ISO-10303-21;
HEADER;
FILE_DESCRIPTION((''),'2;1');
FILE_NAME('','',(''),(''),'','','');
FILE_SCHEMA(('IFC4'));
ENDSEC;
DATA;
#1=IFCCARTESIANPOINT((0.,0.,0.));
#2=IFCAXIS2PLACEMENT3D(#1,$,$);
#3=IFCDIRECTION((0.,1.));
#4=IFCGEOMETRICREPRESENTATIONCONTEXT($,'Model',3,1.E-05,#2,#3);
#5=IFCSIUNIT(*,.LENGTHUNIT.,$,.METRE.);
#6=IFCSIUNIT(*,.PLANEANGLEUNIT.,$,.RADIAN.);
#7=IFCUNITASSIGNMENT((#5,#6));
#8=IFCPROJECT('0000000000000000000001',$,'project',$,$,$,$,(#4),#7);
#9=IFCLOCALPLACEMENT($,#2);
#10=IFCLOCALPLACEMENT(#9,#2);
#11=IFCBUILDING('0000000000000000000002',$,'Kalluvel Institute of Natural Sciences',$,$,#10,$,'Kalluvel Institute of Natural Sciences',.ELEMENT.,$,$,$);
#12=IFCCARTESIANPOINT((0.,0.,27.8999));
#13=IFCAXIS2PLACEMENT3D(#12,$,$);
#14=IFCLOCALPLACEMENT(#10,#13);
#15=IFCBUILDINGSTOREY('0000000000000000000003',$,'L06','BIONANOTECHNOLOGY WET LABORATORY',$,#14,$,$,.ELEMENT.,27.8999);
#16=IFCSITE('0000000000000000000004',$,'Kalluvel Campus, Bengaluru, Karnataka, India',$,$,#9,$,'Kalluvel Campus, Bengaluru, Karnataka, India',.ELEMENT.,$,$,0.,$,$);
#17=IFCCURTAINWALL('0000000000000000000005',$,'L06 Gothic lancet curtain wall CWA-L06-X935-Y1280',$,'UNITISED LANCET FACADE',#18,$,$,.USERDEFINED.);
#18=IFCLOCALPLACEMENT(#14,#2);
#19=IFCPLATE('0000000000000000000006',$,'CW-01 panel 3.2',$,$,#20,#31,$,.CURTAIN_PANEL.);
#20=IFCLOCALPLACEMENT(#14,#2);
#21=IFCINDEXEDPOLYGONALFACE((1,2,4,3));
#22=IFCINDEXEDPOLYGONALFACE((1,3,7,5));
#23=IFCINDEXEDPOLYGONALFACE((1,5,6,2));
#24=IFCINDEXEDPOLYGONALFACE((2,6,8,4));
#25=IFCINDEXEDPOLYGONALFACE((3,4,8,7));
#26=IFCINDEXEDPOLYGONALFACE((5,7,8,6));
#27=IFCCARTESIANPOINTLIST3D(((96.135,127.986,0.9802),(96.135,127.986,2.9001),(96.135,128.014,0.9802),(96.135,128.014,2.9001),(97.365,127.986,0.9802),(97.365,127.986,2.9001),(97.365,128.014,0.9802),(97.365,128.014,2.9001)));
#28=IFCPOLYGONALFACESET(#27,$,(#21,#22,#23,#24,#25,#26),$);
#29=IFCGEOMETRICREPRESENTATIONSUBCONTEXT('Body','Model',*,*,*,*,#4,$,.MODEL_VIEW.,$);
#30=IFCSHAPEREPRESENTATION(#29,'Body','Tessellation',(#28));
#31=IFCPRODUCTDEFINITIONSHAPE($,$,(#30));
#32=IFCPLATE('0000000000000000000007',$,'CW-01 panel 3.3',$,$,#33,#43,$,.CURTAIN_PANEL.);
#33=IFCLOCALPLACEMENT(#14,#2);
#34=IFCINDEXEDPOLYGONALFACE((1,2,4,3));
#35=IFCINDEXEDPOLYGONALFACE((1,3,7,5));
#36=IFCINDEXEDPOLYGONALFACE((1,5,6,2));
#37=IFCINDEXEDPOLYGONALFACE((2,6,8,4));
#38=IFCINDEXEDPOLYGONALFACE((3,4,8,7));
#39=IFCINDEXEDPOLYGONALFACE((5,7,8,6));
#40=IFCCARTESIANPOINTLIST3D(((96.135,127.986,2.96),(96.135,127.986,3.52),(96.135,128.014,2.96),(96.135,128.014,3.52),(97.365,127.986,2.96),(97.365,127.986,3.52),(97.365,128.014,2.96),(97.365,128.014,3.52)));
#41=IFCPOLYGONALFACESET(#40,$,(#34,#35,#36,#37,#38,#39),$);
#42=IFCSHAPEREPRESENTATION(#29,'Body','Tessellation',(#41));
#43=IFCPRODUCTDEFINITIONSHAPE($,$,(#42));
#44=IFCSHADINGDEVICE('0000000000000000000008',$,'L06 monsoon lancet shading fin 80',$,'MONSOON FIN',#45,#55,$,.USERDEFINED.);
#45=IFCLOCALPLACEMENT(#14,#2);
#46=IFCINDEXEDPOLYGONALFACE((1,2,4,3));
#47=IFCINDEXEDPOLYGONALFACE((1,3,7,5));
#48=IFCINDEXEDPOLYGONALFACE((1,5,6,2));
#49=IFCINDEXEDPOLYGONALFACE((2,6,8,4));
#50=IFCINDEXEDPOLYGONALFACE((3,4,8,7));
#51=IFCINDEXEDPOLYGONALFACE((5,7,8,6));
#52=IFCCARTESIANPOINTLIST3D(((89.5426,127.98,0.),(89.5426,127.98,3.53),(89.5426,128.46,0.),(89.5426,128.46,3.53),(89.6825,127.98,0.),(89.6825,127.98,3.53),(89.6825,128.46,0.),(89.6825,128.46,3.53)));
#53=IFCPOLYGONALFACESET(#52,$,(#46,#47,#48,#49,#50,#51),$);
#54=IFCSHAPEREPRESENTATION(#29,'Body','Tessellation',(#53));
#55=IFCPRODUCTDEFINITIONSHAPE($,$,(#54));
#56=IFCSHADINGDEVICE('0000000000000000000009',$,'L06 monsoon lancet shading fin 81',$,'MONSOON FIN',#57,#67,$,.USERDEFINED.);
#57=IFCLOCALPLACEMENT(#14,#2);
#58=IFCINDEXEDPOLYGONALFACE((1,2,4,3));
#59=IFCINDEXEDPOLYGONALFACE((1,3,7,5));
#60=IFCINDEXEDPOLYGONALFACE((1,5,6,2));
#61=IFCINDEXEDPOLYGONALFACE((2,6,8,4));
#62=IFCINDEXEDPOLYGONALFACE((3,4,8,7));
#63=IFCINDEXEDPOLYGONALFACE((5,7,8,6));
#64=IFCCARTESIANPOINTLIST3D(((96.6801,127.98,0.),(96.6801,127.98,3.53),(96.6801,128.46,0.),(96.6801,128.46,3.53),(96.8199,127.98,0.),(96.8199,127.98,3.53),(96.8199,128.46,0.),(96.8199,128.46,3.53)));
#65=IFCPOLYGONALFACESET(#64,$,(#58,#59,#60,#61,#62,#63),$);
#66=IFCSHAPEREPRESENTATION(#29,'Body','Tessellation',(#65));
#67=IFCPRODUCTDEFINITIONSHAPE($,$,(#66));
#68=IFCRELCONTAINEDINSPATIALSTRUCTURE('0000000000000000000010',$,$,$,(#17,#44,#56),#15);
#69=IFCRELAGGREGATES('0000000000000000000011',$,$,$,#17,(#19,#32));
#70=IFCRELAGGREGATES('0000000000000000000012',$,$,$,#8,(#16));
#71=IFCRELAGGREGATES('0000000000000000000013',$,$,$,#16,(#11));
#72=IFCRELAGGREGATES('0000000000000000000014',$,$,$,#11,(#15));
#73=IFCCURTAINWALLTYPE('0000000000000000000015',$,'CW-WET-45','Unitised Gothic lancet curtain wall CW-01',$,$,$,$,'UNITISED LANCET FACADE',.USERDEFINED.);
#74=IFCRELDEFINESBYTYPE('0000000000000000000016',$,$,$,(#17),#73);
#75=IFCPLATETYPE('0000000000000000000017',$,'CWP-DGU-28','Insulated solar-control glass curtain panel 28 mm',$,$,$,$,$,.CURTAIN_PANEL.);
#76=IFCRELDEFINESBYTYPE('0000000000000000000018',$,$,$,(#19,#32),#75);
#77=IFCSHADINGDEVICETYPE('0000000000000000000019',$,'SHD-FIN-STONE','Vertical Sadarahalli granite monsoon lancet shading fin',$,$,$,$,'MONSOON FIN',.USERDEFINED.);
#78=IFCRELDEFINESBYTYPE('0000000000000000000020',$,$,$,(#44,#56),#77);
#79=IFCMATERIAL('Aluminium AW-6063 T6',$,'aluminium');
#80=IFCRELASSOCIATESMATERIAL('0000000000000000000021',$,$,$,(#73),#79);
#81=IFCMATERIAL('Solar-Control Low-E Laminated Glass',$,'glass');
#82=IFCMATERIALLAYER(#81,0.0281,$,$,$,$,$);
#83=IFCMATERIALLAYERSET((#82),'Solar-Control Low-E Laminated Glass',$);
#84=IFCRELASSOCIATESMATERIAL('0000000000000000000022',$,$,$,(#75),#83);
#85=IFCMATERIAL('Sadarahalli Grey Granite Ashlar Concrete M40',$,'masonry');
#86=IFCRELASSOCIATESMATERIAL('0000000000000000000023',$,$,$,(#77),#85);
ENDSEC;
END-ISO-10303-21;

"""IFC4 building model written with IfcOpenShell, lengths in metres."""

from ifc_helpers import new_model, si_unit, direction, frame, origin, origin_2d, place, context, subcontext, project, spatial, rectangle, extrude, material, layer, layer_set, type_object, element, aggregate, save


model = new_model("IFC4")

# Units and contexts
model_context = context("Model", 3, precision=1e-05, world=origin(), true_north=direction((0.0, 1.0)))
body_context = subcontext(model_context, "Body", "Model", "MODEL_VIEW")
ifc_project = project(units=[si_unit("LENGTHUNIT", "METRE"), si_unit("PLANEANGLEUNIT", "RADIAN")], contexts=[model_context])

# Site, building, storey
site_placement = place(None, origin())
site = spatial("IfcSite", under=ifc_project, at=site_placement, Name="Kalluvel Campus, Bengaluru, Karnataka, India", LongName="Kalluvel Campus, Bengaluru, Karnataka, India", CompositionType="ELEMENT", RefElevation=0.0)
building_placement = place(site_placement, origin())
building = spatial("IfcBuilding", under=site, at=building_placement, Name="Kalluvel Institute of Natural Sciences", LongName="Kalluvel Institute of Natural Sciences", CompositionType="ELEMENT")
storey_placement = place(building_placement, frame((0.0, 0.0, 27.8999)))
storey = spatial("IfcBuildingStorey", under=building, at=storey_placement, Name="L06", Description="BIONANOTECHNOLOGY WET LABORATORY", CompositionType="ELEMENT", Elevation=27.8999)

# Curtain wall, plates
ifc_material_1 = material(Name="Aluminium AW-6063 T6", Category="aluminium")
curtain_wall_type = type_object("IfcCurtainWallType", Name="CW-WET-45", Description="Unitised Gothic lancet curtain wall CW-01", ElementType="UNITISED LANCET FACADE", PredefinedType="USERDEFINED", material=ifc_material_1)
curtain_wall_placement = place(storey_placement, origin())
curtain_wall = element("IfcCurtainWall", 1, at=curtain_wall_placement, inside=storey, type_object=curtain_wall_type, Name="L06 Gothic lancet curtain wall CWA-L06-X935-Y1280", ObjectType="UNITISED LANCET FACADE", PredefinedType="USERDEFINED")
ifc_material_2 = material(Name="Solar-Control Low-E Laminated Glass", Category="glass")
ifc_layer = layer(ifc_material_2, 0.0281)
ifc_layer_set = layer_set([ifc_layer], Name="Solar-Control Low-E Laminated Glass")
plate_type = type_object("IfcPlateType", Name="CWP-DGU-28", Description="Insulated solar-control glass curtain panel 28 mm", PredefinedType="CURTAIN_PANEL", material=ifc_layer_set)
plate_1_placement = place(storey_placement, frame((96.75, 128.0, 0.9802), z_axis=(0.0, 0.0, 1.0), x_axis=(1.0, 0.0, 0.0)))
plate_1 = element("IfcPlate", 2, at=plate_1_placement, type_object=plate_type, Name="CW-01 panel 3.2", PredefinedType="CURTAIN_PANEL", context=body_context, shape_type="SweptSolid", body=[
    extrude(rectangle(XDim=1.23, YDim=0.0281, at=origin_2d()), origin(), (0.0, 0.0, 1.0), 1.9199),
])
plate_2_placement = place(storey_placement, frame((96.75, 128.0, 2.96), z_axis=(0.0, 0.0, 1.0), x_axis=(1.0, 0.0, 0.0)))
plate_2 = element("IfcPlate", 3, at=plate_2_placement, type_object=plate_type, Name="CW-01 panel 3.3", PredefinedType="CURTAIN_PANEL", context=body_context, shape_type="SweptSolid", body=[
    extrude(rectangle(XDim=1.23, YDim=0.0281, at=origin_2d()), origin(), (0.0, 0.0, 1.0), 0.5601),
])
aggregate(curtain_wall, [plate_1, plate_2])

# Shading devices
ifc_material_3 = material(Name="Sadarahalli Grey Granite Ashlar Concrete M40", Category="masonry")
shading_device_type = type_object("IfcShadingDeviceType", Name="SHD-FIN-STONE", Description="Vertical Sadarahalli granite monsoon lancet shading fin", ElementType="MONSOON FIN", PredefinedType="USERDEFINED", material=ifc_material_3)
for number, where, z_axis, x_axis, name in (
    (4, (89.6125, 128.22, 0.0), (0.0, 0.0, 1.0), (1.0, 0.0, 0.0), "L06 monsoon lancet shading fin 80"),
    (5, (96.75, 128.22, 0.0), (0.0, 0.0, 1.0), (1.0, 0.0, 0.0), "L06 monsoon lancet shading fin 81"),
):
    element("IfcShadingDevice", number, at=place(storey_placement, frame(where, z_axis=z_axis, x_axis=x_axis)), inside=storey, type_object=shading_device_type, Name=name, ObjectType="MONSOON FIN", PredefinedType="USERDEFINED", context=body_context, shape_type="SweptSolid", body=[
        extrude(rectangle(XDim=0.1399, YDim=0.48, at=origin_2d()), origin(), (0.0, 0.0, 1.0), 3.53),
    ])

save(model, "model.ifc")
